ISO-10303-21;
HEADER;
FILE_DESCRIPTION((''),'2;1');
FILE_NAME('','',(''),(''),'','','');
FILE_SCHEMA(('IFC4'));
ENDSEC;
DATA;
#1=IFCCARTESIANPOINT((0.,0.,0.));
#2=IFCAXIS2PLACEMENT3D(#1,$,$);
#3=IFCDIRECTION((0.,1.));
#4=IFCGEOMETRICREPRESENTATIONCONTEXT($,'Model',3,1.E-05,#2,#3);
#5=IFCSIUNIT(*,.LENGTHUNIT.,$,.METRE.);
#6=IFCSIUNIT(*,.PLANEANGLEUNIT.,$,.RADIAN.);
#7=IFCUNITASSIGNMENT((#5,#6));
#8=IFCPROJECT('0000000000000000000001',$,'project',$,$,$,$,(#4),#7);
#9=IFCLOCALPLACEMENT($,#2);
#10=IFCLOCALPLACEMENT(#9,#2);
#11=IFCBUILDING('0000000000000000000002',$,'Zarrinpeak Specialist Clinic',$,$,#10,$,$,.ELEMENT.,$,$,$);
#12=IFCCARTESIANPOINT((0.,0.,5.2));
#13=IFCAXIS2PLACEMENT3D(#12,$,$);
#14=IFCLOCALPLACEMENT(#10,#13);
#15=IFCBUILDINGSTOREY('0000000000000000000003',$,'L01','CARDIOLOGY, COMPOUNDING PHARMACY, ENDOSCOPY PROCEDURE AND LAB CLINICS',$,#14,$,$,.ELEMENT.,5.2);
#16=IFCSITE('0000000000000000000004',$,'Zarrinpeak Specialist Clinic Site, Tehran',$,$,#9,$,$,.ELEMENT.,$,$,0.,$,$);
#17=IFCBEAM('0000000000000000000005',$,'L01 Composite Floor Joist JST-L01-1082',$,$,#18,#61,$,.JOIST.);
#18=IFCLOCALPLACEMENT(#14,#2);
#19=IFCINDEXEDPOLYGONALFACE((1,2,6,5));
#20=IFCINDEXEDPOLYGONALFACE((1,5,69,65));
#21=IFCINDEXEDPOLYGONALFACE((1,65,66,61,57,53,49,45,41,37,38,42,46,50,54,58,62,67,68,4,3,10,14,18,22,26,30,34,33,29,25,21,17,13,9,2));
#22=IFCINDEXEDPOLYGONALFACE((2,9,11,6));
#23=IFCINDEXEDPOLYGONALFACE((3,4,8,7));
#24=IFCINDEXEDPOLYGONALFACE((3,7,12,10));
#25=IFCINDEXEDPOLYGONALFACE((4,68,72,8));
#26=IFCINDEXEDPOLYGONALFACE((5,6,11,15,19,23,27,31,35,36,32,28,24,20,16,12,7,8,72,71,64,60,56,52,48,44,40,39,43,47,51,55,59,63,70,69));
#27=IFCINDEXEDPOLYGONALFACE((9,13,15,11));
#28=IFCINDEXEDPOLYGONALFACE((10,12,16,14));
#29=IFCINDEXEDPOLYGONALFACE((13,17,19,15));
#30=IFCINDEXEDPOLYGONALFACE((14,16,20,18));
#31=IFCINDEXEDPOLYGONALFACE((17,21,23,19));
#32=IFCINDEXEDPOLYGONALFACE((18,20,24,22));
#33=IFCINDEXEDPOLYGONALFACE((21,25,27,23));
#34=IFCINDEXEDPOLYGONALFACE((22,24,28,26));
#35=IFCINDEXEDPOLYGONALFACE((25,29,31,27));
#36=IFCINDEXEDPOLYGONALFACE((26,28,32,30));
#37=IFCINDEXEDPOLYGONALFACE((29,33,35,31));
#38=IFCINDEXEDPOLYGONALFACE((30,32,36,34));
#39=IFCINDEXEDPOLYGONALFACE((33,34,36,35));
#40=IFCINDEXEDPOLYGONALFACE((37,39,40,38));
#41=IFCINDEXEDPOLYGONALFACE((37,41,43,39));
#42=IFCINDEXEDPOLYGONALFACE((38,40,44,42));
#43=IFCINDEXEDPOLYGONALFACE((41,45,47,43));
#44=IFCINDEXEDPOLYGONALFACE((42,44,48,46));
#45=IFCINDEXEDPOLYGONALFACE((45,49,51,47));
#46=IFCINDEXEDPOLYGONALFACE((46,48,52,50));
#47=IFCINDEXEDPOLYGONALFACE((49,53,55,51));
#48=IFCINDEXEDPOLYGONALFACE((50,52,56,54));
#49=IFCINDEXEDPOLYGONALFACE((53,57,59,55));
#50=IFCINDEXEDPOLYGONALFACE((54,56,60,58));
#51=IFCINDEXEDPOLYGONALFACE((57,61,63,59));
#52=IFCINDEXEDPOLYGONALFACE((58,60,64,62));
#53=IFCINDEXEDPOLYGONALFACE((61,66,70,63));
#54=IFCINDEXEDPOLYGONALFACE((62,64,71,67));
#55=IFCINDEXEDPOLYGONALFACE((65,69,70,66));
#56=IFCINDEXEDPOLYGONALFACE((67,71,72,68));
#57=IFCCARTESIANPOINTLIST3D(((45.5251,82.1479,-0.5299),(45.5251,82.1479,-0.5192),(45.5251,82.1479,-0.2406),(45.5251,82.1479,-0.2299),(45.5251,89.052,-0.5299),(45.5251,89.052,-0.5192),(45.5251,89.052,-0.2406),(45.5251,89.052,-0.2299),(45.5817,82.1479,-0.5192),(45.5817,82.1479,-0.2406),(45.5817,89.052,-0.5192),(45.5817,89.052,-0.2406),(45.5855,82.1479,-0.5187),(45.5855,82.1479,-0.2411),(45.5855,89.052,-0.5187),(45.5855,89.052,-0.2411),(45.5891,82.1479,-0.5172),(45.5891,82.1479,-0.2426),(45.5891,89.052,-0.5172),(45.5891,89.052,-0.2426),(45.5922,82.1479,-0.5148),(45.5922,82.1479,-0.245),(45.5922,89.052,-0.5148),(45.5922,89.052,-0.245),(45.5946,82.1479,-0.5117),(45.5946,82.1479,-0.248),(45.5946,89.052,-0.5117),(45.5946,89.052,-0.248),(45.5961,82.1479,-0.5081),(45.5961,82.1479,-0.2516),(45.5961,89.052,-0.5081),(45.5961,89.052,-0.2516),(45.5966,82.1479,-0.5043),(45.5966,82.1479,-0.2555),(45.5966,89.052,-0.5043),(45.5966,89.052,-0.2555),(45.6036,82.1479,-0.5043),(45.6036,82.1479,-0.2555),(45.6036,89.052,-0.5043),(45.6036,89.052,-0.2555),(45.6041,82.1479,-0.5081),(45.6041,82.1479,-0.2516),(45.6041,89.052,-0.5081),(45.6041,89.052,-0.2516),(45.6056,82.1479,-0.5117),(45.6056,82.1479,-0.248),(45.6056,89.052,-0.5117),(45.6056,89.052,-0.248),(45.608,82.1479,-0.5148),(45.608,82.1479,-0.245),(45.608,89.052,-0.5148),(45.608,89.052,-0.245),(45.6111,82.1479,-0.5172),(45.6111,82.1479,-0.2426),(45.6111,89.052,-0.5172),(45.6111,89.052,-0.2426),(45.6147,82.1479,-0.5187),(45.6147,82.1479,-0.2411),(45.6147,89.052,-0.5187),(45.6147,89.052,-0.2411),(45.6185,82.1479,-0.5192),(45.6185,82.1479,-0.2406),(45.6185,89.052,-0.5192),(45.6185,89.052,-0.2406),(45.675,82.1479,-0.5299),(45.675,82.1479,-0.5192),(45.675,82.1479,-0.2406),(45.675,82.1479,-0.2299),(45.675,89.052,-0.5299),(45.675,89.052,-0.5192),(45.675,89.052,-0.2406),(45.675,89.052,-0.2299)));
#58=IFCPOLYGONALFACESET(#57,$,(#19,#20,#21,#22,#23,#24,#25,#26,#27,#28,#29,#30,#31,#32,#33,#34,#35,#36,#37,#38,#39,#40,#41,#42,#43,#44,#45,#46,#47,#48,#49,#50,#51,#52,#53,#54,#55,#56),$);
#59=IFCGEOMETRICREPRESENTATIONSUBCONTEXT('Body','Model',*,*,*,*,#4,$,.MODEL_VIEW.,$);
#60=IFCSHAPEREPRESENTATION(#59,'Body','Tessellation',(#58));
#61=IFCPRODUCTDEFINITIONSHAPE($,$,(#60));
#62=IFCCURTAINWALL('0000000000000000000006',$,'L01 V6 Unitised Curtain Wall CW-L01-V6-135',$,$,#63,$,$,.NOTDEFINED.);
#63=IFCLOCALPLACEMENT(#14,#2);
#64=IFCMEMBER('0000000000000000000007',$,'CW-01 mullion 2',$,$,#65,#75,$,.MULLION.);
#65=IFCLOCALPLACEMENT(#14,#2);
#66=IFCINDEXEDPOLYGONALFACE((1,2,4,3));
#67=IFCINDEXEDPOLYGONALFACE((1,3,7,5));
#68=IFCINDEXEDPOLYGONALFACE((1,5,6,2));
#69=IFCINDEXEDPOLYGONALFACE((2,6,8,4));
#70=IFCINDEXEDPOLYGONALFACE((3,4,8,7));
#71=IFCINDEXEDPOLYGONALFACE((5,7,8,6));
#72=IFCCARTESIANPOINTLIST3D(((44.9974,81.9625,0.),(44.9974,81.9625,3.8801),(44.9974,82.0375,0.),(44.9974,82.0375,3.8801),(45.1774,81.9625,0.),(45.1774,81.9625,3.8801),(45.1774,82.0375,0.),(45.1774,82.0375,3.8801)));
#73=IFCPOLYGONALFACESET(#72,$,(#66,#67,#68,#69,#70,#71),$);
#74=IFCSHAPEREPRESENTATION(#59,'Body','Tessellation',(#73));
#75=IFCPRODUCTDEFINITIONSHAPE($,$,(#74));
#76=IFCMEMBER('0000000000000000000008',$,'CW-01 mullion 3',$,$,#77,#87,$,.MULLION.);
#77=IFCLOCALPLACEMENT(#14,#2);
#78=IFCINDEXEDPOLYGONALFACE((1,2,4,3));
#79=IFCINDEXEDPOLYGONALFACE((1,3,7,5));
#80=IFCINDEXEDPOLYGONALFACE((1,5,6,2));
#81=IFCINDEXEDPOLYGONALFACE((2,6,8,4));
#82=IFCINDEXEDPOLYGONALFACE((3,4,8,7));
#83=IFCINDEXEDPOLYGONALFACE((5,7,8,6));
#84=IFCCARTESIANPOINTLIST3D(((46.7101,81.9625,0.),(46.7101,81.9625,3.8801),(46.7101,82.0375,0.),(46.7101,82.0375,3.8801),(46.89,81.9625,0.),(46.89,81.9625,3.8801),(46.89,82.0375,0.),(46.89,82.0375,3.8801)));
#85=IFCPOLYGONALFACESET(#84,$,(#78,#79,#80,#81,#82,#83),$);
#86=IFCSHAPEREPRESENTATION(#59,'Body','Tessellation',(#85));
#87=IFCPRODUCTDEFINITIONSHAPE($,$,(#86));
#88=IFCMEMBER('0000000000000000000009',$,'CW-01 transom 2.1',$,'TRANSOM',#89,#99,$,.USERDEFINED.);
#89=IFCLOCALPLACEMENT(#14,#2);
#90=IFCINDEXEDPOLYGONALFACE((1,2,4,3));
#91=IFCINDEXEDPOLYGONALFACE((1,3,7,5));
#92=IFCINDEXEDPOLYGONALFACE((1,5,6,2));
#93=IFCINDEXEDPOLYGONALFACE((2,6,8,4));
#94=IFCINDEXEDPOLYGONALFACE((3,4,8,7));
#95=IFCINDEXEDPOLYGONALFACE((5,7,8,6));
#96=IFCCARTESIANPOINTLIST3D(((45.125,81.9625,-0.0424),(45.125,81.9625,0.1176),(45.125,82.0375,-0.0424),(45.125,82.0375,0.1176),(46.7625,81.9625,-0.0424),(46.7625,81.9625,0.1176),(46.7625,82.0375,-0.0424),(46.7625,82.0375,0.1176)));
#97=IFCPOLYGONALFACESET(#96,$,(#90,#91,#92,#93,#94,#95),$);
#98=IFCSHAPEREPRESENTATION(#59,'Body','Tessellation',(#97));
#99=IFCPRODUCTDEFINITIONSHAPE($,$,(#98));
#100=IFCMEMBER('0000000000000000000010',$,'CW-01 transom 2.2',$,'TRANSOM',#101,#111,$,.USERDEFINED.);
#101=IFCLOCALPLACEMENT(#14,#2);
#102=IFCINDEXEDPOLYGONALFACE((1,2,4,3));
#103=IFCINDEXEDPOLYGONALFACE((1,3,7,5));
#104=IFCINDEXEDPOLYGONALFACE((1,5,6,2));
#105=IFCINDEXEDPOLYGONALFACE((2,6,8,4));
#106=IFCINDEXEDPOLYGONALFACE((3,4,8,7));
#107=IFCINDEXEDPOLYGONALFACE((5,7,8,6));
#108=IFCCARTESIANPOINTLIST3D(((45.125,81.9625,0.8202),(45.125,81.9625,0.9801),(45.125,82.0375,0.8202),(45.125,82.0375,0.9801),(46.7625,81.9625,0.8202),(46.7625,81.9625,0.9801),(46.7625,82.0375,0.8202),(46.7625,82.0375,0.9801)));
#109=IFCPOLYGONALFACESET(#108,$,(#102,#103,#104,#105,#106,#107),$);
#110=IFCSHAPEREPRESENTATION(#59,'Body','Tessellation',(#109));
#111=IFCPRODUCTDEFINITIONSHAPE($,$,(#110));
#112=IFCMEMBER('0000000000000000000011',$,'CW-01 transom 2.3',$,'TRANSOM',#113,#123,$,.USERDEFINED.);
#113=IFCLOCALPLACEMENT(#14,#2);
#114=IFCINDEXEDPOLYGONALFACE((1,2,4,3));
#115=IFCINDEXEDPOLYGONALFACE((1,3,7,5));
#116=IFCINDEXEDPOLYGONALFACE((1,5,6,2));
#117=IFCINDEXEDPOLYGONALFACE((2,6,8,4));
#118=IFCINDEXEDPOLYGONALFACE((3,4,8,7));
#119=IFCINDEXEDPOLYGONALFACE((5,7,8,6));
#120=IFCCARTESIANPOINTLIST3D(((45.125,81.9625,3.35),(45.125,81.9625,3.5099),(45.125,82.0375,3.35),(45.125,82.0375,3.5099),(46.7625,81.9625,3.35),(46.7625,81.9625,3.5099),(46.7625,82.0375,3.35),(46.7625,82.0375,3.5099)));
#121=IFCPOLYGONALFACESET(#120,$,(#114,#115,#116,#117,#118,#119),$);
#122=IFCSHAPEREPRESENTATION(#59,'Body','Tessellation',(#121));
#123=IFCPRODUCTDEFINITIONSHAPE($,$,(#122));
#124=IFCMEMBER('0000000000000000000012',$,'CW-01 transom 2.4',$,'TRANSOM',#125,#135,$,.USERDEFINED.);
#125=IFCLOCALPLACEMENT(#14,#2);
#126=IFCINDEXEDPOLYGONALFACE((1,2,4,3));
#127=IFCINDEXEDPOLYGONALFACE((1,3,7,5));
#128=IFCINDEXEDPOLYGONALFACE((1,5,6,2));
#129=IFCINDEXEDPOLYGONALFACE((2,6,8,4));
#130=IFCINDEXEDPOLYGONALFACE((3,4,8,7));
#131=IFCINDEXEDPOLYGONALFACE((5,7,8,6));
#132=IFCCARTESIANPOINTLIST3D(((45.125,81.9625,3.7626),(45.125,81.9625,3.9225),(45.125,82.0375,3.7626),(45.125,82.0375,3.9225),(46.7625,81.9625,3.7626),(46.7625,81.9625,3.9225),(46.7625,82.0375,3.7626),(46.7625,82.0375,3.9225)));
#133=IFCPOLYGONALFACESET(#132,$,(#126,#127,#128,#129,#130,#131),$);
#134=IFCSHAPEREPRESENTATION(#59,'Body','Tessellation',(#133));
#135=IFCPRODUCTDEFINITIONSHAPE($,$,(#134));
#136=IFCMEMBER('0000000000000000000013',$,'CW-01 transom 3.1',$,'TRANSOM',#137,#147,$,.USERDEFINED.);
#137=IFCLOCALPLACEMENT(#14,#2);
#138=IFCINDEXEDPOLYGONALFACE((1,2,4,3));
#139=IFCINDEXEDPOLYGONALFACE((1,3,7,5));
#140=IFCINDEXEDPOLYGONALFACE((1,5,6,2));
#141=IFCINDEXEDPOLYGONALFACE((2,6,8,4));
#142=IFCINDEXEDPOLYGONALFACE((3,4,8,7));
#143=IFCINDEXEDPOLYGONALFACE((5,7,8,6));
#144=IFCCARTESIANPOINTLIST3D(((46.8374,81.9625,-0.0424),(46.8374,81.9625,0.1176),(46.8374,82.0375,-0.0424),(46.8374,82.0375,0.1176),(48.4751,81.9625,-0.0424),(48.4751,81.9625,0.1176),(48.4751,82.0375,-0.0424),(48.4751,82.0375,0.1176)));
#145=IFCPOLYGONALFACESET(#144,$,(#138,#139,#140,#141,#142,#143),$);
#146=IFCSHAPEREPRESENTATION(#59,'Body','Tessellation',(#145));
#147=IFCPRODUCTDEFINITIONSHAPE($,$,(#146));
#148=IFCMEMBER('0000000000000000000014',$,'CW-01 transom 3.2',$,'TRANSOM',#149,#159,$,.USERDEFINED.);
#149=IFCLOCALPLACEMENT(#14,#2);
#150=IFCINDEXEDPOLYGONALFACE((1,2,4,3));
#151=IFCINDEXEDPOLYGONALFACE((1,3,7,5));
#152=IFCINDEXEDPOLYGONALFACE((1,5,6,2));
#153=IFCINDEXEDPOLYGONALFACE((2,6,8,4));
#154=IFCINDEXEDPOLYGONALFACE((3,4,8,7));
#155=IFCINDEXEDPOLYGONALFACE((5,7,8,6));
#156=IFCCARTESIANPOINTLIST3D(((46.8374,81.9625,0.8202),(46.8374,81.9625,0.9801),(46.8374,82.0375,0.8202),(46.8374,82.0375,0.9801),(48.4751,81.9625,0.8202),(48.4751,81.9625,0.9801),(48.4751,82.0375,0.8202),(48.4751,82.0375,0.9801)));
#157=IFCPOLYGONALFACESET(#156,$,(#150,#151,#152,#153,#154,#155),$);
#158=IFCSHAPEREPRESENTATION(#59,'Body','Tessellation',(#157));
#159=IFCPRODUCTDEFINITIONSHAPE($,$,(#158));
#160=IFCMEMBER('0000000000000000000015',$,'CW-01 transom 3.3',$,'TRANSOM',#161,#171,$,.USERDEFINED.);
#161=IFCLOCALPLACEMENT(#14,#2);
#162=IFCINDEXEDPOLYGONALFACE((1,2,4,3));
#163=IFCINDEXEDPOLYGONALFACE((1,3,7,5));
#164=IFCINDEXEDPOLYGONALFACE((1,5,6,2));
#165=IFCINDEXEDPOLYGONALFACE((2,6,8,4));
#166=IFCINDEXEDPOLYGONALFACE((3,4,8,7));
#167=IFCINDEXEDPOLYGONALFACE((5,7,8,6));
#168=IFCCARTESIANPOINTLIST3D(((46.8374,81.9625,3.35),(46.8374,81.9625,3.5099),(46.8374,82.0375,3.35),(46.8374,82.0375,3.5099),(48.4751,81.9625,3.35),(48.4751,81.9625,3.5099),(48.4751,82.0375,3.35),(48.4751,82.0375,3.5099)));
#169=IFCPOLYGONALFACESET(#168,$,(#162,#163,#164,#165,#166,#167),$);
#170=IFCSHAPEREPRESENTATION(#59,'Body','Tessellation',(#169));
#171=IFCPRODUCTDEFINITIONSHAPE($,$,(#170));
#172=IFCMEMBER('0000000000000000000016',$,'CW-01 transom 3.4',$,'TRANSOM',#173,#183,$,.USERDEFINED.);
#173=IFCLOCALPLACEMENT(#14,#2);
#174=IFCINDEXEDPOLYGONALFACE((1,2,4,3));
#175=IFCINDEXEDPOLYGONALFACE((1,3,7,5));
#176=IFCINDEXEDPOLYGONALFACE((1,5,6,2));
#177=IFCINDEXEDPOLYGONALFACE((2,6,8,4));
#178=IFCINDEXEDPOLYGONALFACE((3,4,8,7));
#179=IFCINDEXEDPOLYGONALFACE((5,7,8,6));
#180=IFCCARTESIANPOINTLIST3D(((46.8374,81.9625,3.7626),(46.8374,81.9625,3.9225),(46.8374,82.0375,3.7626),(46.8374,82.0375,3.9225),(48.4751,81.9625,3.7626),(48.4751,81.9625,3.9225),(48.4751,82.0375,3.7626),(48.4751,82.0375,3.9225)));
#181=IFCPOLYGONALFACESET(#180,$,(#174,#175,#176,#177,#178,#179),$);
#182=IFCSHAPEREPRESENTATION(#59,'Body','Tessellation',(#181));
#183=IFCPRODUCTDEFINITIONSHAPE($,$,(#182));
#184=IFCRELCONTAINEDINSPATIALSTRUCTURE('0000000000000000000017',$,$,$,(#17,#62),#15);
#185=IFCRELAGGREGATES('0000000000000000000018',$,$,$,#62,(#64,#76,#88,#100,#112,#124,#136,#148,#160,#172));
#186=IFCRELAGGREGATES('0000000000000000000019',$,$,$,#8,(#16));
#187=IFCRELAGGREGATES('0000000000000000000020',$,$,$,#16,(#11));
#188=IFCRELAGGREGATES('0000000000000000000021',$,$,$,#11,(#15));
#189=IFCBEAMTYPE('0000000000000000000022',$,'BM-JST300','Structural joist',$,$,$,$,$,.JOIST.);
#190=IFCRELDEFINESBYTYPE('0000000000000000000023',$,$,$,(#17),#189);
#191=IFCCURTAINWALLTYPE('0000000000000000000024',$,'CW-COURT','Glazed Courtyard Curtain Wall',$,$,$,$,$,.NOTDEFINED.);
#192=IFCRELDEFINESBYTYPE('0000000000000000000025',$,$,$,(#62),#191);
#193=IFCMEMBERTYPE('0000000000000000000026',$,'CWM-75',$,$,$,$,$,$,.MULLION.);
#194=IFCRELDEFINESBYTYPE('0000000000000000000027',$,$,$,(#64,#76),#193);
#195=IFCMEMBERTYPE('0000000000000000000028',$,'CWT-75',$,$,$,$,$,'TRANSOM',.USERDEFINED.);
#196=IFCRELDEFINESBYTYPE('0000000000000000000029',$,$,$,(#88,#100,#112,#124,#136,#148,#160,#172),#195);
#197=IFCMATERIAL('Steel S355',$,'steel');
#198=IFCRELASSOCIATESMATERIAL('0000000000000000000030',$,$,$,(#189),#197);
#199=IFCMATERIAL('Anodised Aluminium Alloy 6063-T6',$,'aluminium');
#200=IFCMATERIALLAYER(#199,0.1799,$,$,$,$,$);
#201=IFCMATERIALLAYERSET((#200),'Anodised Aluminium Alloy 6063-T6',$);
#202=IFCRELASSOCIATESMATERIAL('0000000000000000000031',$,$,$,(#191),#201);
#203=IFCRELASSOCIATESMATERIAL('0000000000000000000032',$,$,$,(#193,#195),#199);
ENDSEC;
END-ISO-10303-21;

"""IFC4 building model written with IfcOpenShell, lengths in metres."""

from ifc_helpers import new_model, si_unit, direction, frame, origin, origin_2d, place, context, subcontext, project, spatial, rectangle, i_section, extrude, material, layer, layer_set, material_profile, profile_set, type_object, element, aggregate, save


model = new_model("IFC4")

# Units and contexts
model_context = context("Model", 3, precision=1e-05, world=origin(), true_north=direction((0.0, 1.0)))
body_context = subcontext(model_context, "Body", "Model", "MODEL_VIEW")
ifc_project = project(units=[si_unit("LENGTHUNIT", "METRE"), si_unit("PLANEANGLEUNIT", "RADIAN")], contexts=[model_context])

# Site, building, storey
site_placement = place(None, origin())
site = spatial("IfcSite", under=ifc_project, at=site_placement, Name="Zarrinpeak Specialist Clinic Site, Tehran", CompositionType="ELEMENT", RefElevation=0.0)
building_placement = place(site_placement, origin())
building = spatial("IfcBuilding", under=site, at=building_placement, Name="Zarrinpeak Specialist Clinic", CompositionType="ELEMENT")
storey_placement = place(building_placement, frame((0.0, 0.0, 5.2)))
storey = spatial("IfcBuildingStorey", under=building, at=storey_placement, Name="L01", Description="CARDIOLOGY, COMPOUNDING PHARMACY, ENDOSCOPY PROCEDURE AND LAB CLINICS", CompositionType="ELEMENT", Elevation=5.2)

# Beam
ifc_material_1 = material(Name="Steel S355", Category="steel")
ifc_material_profile_1 = material_profile(ifc_material_1, i_section(OverallWidth=0.1499, OverallDepth=0.3, WebThickness=0.0071, FlangeThickness=0.0107, FilletRadius=0.0149, at=origin_2d()), Name="IPE 300")
ifc_profile_set_1 = profile_set([ifc_material_profile_1], Name="Steel S355")
beam_type = type_object("IfcBeamType", Name="BM-JST300", Description="Structural joist", PredefinedType="JOIST", material=ifc_profile_set_1)
beam_placement = place(storey_placement, frame((45.6001, 82.1479, -0.3799), z_axis=(0.0, 1.0, 0.0), x_axis=(-1.0, 0.0, 0.0)))
element("IfcBeam", 1, at=beam_placement, inside=storey, type_object=beam_type, Name="L01 Composite Floor Joist JST-L01-1082", PredefinedType="JOIST", context=body_context, shape_type="SweptSolid", body=[
    extrude(i_section(OverallWidth=0.1499, OverallDepth=0.3, WebThickness=0.0071, FlangeThickness=0.0107, FilletRadius=0.0149, at=origin_2d()), origin(), (0.0, 0.0, 1.0), 6.9041),
])

# Curtain wall, members
ifc_material_2 = material(Name="Anodised Aluminium Alloy 6063-T6", Category="aluminium")
ifc_layer_1 = layer(ifc_material_2, 0.1799)
ifc_layer_set_1 = layer_set([ifc_layer_1], Name="Anodised Aluminium Alloy 6063-T6")
curtain_wall_type = type_object("IfcCurtainWallType", Name="CW-COURT", Description="Glazed Courtyard Curtain Wall", PredefinedType="NOTDEFINED", material=ifc_layer_set_1)
curtain_wall_placement = place(storey_placement, origin())
curtain_wall = element("IfcCurtainWall", 2, at=curtain_wall_placement, inside=storey, type_object=curtain_wall_type, Name="L01 V6 Unitised Curtain Wall CW-L01-V6-135", PredefinedType="NOTDEFINED")
ifc_material_profile_2 = material_profile(ifc_material_2, rectangle(XDim=0.075, YDim=0.1799, at=origin_2d()), Name="ALU 75x180")
ifc_profile_set_2 = profile_set([ifc_material_profile_2], Name="Anodised Aluminium Alloy 6063-T6")
member_type_1 = type_object("IfcMemberType", Name="CWM-75", PredefinedType="MULLION", material=ifc_profile_set_2)
member_1_placement = place(storey_placement, frame((45.0874, 82.0, 0.0), z_axis=(0.0, 0.0, 1.0), x_axis=(0.0, 1.0, 0.0)))
member_1 = element("IfcMember", 3, at=member_1_placement, type_object=member_type_1, Name="CW-01 mullion 2", PredefinedType="MULLION", context=body_context, shape_type="SweptSolid", body=[
    extrude(rectangle(XDim=0.075, YDim=0.1799, at=origin_2d()), origin(), (0.0, 0.0, 1.0), 3.8801),
])
member_2_placement = place(storey_placement, frame((46.8, 82.0, 0.0), z_axis=(0.0, 0.0, 1.0), x_axis=(0.0, 1.0, 0.0)))
member_2 = element("IfcMember", 4, at=member_2_placement, type_object=member_type_1, Name="CW-01 mullion 3", PredefinedType="MULLION", context=body_context, shape_type="SweptSolid", body=[
    extrude(rectangle(XDim=0.075, YDim=0.1799, at=origin_2d()), origin(), (0.0, 0.0, 1.0), 3.8801),
])
ifc_material_profile_3 = material_profile(ifc_material_2, rectangle(XDim=0.075, YDim=0.1599, at=origin_2d()), Name="ALU 75x160")
ifc_profile_set_3 = profile_set([ifc_material_profile_3], Name="Anodised Aluminium Alloy 6063-T6")
member_type_2 = type_object("IfcMemberType", Name="CWT-75", ElementType="TRANSOM", PredefinedType="USERDEFINED", material=ifc_profile_set_3)
member_3_placement = place(storey_placement, frame((45.125, 82.0, 0.0376), z_axis=(1.0, 0.0, 0.0), x_axis=(0.0, 1.0, 0.0)))
member_3 = element("IfcMember", 5, at=member_3_placement, type_object=member_type_2, Name="CW-01 transom 2.1", ObjectType="TRANSOM", PredefinedType="USERDEFINED", context=body_context, shape_type="SweptSolid", body=[
    extrude(rectangle(XDim=0.075, YDim=0.1599, at=origin_2d()), origin(), (0.0, 0.0, 1.0), 1.6375),
])
member_4_placement = place(storey_placement, frame((45.125, 82.0, 0.9001), z_axis=(1.0, 0.0, 0.0), x_axis=(0.0, 1.0, 0.0)))
member_4 = element("IfcMember", 6, at=member_4_placement, type_object=member_type_2, Name="CW-01 transom 2.2", ObjectType="TRANSOM", PredefinedType="USERDEFINED", context=body_context, shape_type="SweptSolid", body=[
    extrude(rectangle(XDim=0.075, YDim=0.1599, at=origin_2d()), origin(), (0.0, 0.0, 1.0), 1.6375),
])
member_5_placement = place(storey_placement, frame((45.125, 82.0, 3.4299), z_axis=(1.0, 0.0, 0.0), x_axis=(0.0, 1.0, 0.0)))
member_5 = element("IfcMember", 7, at=member_5_placement, type_object=member_type_2, Name="CW-01 transom 2.3", ObjectType="TRANSOM", PredefinedType="USERDEFINED", context=body_context, shape_type="SweptSolid", body=[
    extrude(rectangle(XDim=0.075, YDim=0.1599, at=origin_2d()), origin(), (0.0, 0.0, 1.0), 1.6375),
])
member_6_placement = place(storey_placement, frame((45.125, 82.0, 3.8425), z_axis=(1.0, 0.0, 0.0), x_axis=(0.0, 1.0, 0.0)))
member_6 = element("IfcMember", 8, at=member_6_placement, type_object=member_type_2, Name="CW-01 transom 2.4", ObjectType="TRANSOM", PredefinedType="USERDEFINED", context=body_context, shape_type="SweptSolid", body=[
    extrude(rectangle(XDim=0.075, YDim=0.1599, at=origin_2d()), origin(), (0.0, 0.0, 1.0), 1.6375),
])
member_7_placement = place(storey_placement, frame((46.8374, 82.0, 0.0376), z_axis=(1.0, 0.0, 0.0), x_axis=(0.0, 1.0, 0.0)))
member_7 = element("IfcMember", 9, at=member_7_placement, type_object=member_type_2, Name="CW-01 transom 3.1", ObjectType="TRANSOM", PredefinedType="USERDEFINED", context=body_context, shape_type="SweptSolid", body=[
    extrude(rectangle(XDim=0.075, YDim=0.1599, at=origin_2d()), origin(), (0.0, 0.0, 1.0), 1.6377),
])
member_8_placement = place(storey_placement, frame((46.8374, 82.0, 0.9001), z_axis=(1.0, 0.0, 0.0), x_axis=(0.0, 1.0, 0.0)))
member_8 = element("IfcMember", 10, at=member_8_placement, type_object=member_type_2, Name="CW-01 transom 3.2", ObjectType="TRANSOM", PredefinedType="USERDEFINED", context=body_context, shape_type="SweptSolid", body=[
    extrude(rectangle(XDim=0.075, YDim=0.1599, at=origin_2d()), origin(), (0.0, 0.0, 1.0), 1.6377),
])
member_9_placement = place(storey_placement, frame((46.8374, 82.0, 3.4299), z_axis=(1.0, 0.0, 0.0), x_axis=(0.0, 1.0, 0.0)))
member_9 = element("IfcMember", 11, at=member_9_placement, type_object=member_type_2, Name="CW-01 transom 3.3", ObjectType="TRANSOM", PredefinedType="USERDEFINED", context=body_context, shape_type="SweptSolid", body=[
    extrude(rectangle(XDim=0.075, YDim=0.1599, at=origin_2d()), origin(), (0.0, 0.0, 1.0), 1.6377),
])
member_10_placement = place(storey_placement, frame((46.8374, 82.0, 3.8425), z_axis=(1.0, 0.0, 0.0), x_axis=(0.0, 1.0, 0.0)))
member_10 = element("IfcMember", 12, at=member_10_placement, type_object=member_type_2, Name="CW-01 transom 3.4", ObjectType="TRANSOM", PredefinedType="USERDEFINED", context=body_context, shape_type="SweptSolid", body=[
    extrude(rectangle(XDim=0.075, YDim=0.1599, at=origin_2d()), origin(), (0.0, 0.0, 1.0), 1.6377),
])
aggregate(curtain_wall, [member_1, member_2, member_3, member_4, member_5, member_6, member_7, member_8, member_9, member_10])

save(model, "model.ifc")
